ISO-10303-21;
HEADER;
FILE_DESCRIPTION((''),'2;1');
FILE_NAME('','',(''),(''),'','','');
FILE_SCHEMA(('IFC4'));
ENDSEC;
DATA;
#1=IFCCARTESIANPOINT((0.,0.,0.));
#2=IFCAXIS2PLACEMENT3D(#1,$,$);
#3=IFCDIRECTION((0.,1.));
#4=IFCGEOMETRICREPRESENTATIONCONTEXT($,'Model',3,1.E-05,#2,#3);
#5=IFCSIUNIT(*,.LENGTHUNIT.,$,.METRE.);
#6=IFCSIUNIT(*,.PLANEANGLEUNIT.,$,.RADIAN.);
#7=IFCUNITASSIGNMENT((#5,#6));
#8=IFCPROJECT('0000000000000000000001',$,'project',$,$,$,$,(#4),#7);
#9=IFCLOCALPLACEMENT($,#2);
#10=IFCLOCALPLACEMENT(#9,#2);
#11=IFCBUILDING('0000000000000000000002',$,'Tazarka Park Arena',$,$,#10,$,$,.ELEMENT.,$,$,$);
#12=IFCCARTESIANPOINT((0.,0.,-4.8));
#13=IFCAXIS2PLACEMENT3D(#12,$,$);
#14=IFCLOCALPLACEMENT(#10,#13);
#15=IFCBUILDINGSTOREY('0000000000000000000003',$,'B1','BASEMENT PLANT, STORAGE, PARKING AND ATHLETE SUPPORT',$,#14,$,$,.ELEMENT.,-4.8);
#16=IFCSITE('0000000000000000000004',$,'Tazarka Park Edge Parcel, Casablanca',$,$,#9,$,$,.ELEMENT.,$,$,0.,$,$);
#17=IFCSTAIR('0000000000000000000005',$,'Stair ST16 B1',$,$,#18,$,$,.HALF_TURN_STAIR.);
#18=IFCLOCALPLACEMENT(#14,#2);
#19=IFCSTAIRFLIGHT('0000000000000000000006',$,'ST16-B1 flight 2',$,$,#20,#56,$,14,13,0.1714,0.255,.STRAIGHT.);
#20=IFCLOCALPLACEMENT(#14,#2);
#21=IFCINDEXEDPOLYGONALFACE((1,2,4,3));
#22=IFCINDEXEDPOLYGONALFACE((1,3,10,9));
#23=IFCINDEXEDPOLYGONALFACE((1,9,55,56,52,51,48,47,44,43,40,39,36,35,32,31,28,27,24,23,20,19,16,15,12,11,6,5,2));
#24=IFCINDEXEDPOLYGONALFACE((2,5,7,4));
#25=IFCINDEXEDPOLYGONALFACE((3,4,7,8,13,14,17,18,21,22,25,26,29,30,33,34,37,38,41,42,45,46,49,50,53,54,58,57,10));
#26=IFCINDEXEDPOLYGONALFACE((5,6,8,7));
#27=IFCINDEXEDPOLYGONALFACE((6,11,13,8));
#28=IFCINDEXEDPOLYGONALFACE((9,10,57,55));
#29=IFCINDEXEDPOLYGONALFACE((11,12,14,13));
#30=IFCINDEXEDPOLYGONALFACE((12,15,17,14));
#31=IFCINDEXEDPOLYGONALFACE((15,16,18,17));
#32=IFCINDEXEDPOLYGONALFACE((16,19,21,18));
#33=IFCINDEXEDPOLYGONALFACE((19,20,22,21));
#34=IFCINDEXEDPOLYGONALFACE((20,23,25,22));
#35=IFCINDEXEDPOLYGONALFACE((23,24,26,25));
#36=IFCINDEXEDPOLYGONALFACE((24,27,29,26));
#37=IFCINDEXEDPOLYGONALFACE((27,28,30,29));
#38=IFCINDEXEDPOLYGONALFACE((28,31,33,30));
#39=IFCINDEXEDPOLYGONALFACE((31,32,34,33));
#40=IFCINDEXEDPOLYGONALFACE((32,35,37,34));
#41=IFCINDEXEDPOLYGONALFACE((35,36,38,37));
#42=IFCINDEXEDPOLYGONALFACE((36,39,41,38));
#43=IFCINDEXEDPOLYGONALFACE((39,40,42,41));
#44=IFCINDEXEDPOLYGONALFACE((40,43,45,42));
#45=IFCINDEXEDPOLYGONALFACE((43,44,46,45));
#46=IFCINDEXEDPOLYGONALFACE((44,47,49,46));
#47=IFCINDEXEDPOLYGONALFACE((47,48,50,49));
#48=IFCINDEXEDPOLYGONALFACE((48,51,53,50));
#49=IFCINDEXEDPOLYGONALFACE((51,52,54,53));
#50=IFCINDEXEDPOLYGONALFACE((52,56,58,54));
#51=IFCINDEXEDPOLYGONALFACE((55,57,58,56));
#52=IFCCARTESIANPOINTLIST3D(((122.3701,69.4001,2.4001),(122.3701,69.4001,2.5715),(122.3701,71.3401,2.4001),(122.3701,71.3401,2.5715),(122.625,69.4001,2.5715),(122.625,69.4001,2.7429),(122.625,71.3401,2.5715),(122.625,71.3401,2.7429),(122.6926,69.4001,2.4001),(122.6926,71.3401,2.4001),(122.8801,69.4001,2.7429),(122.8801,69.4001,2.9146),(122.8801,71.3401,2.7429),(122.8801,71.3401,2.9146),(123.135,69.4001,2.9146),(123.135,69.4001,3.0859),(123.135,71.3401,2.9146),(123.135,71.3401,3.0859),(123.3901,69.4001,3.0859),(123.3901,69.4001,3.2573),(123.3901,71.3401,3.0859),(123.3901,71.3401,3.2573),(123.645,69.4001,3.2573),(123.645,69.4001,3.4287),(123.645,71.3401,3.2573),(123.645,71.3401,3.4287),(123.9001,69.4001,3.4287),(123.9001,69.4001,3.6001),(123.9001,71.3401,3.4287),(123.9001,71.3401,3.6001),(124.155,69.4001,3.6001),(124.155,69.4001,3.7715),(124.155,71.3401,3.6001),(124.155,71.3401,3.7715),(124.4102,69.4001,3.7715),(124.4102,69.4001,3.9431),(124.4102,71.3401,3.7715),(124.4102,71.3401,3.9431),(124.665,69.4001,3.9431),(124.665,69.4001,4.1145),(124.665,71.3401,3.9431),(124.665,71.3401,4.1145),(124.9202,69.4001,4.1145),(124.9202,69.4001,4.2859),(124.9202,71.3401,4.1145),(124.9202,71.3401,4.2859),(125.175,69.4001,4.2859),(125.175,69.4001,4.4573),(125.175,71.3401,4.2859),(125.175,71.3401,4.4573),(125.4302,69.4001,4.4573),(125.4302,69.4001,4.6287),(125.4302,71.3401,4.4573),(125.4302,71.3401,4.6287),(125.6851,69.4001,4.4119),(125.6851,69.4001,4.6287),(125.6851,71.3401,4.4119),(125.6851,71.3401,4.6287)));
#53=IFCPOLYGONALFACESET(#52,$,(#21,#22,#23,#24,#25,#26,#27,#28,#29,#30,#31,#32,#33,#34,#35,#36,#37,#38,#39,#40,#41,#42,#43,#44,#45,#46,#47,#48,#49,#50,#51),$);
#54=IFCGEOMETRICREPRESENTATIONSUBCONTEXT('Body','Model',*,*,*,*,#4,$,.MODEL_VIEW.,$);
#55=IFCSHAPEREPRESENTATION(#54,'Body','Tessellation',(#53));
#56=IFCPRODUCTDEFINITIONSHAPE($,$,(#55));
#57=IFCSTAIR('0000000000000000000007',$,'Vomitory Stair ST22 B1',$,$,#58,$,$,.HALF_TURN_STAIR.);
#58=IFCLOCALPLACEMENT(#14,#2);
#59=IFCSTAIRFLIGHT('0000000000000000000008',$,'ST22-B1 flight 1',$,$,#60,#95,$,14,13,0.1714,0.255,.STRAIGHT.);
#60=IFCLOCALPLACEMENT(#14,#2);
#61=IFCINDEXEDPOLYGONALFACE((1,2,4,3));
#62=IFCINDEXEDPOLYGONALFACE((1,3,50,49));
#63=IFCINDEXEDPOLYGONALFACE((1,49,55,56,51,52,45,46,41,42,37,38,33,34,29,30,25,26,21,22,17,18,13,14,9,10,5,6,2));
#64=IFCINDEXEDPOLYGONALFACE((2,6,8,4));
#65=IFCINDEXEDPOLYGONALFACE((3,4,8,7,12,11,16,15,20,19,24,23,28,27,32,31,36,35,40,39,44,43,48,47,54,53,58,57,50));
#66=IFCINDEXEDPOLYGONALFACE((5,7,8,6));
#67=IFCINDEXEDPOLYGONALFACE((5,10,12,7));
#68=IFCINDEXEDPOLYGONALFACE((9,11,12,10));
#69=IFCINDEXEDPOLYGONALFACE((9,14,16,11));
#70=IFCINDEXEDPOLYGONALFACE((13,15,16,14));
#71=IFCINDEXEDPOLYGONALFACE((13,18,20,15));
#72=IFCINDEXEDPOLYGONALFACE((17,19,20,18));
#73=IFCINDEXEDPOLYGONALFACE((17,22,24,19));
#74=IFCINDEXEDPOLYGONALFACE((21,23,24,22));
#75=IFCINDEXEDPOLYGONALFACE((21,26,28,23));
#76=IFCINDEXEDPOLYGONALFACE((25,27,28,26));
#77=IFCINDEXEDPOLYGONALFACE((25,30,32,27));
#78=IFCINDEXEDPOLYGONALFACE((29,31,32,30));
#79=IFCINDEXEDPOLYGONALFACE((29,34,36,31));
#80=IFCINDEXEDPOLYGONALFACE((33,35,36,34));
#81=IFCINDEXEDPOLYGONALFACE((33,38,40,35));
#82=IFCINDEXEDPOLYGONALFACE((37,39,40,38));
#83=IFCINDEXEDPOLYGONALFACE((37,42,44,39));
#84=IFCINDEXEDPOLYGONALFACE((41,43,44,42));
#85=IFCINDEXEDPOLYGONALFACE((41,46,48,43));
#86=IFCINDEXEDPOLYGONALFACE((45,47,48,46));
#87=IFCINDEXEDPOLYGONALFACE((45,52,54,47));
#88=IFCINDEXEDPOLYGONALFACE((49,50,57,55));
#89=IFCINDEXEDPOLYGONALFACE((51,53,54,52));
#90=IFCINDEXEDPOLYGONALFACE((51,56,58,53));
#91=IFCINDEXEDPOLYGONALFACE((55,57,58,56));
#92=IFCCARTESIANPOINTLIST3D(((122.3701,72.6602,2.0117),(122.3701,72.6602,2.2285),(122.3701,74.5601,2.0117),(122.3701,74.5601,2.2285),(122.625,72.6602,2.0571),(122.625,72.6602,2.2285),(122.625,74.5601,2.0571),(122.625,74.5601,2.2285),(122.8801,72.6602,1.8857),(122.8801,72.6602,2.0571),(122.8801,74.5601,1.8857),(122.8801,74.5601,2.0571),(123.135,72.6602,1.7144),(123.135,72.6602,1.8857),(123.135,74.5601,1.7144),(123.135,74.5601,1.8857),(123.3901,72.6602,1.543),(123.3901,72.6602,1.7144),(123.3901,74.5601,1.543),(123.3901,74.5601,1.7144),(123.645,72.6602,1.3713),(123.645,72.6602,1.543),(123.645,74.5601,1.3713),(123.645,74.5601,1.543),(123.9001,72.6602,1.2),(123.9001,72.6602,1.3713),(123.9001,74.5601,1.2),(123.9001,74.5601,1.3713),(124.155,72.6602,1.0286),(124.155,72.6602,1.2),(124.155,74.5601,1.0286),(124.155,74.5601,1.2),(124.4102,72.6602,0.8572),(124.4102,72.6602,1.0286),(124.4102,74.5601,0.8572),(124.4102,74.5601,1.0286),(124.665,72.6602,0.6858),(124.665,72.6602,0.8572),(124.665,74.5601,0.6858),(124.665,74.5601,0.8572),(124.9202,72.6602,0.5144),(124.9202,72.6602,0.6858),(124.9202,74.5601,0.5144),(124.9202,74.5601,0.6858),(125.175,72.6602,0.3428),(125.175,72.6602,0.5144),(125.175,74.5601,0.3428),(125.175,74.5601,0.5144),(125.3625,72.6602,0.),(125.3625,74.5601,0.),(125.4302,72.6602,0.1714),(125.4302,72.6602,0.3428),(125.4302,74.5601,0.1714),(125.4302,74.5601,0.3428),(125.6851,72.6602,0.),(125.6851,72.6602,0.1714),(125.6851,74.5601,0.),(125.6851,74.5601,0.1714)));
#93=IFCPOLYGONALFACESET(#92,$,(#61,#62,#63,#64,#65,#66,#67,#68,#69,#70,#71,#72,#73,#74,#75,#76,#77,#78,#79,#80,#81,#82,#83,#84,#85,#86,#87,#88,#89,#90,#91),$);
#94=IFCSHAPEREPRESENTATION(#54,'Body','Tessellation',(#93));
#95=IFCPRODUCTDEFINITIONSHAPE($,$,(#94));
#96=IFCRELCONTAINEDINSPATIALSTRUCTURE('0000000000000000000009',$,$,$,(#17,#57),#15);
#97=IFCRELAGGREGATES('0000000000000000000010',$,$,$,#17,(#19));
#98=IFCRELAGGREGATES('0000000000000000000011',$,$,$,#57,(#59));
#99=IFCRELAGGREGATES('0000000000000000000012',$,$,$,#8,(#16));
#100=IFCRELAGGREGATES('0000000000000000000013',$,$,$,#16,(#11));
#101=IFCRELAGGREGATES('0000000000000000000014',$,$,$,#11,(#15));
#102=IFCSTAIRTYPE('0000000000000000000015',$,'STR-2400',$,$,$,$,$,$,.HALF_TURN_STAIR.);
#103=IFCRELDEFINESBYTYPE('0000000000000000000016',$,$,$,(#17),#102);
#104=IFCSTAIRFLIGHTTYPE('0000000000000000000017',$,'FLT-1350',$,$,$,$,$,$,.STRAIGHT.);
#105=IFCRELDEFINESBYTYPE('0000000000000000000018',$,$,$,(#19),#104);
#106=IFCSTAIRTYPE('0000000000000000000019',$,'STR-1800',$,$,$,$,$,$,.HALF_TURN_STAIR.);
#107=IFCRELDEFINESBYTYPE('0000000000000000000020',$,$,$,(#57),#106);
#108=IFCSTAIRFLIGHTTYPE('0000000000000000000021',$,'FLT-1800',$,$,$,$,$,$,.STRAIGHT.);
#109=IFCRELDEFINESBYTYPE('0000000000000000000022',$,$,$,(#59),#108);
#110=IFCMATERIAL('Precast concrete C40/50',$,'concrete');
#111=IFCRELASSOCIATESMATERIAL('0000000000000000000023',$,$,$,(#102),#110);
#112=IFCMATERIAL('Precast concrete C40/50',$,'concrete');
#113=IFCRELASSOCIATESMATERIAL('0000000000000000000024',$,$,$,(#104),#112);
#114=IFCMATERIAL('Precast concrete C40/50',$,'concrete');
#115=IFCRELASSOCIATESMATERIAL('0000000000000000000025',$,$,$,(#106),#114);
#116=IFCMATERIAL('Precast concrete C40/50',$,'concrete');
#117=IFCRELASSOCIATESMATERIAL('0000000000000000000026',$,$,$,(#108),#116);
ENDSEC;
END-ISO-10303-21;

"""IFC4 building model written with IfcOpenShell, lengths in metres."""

from ifc_helpers import new_model, si_unit, direction, frame, origin, place, context, subcontext, project, spatial, polyline, outline, extrude, material, type_object, element, aggregate, save


model = new_model("IFC4")

# Units and contexts
model_context = context("Model", 3, precision=1e-05, world=origin(), true_north=direction((0.0, 1.0)))
body_context = subcontext(model_context, "Body", "Model", "MODEL_VIEW")
ifc_project = project(units=[si_unit("LENGTHUNIT", "METRE"), si_unit("PLANEANGLEUNIT", "RADIAN")], contexts=[model_context])

# Site, building, storey
site_placement = place(None, origin())
site = spatial("IfcSite", under=ifc_project, at=site_placement, Name="Tazarka Park Edge Parcel, Casablanca", CompositionType="ELEMENT", RefElevation=0.0)
building_placement = place(site_placement, origin())
building = spatial("IfcBuilding", under=site, at=building_placement, Name="Tazarka Park Arena", CompositionType="ELEMENT")
storey_placement = place(building_placement, frame((0.0, 0.0, -4.8)))
storey = spatial("IfcBuildingStorey", under=building, at=storey_placement, Name="B1", Description="BASEMENT PLANT, STORAGE, PARKING AND ATHLETE SUPPORT", CompositionType="ELEMENT", Elevation=-4.8)

# Stair, stair flight
ifc_material_1 = material(Name="Precast concrete C40/50", Category="concrete")
stair_type_1 = type_object("IfcStairType", Name="STR-2400", PredefinedType="HALF_TURN_STAIR", material=ifc_material_1)
stair_1_placement = place(storey_placement, origin())
stair_1 = element("IfcStair", 1, at=stair_1_placement, inside=storey, type_object=stair_type_1, Name="Stair ST16 B1", PredefinedType="HALF_TURN_STAIR")
ifc_material_2 = material(Name="Precast concrete C40/50", Category="concrete")
stair_flight_type_1 = type_object("IfcStairFlightType", Name="FLT-1350", PredefinedType="STRAIGHT", material=ifc_material_2)
stair_flight_1_placement = place(storey_placement, frame((122.3701, 70.3701, 2.4001), z_axis=(0.0, 0.0, 1.0), x_axis=(1.0, 0.0, 0.0)))
stair_flight_1 = element("IfcStairFlight", 2, at=stair_flight_1_placement, type_object=stair_flight_type_1, Name="ST16-B1 flight 2", NumberOfRisers=14, NumberOfTreads=13, PredefinedType="STRAIGHT", RiserHeight=0.1714, TreadLength=0.255, context=body_context, shape_type="SweptSolid", body=[
    extrude(outline(polyline([(0.0, 0.0), (0.0, 0.1714), (0.2549, 0.1714), (0.2549, 0.3428), (0.51, 0.3428), (0.51, 0.5144), (0.7649, 0.5144), (0.7649, 0.6858), (1.02, 0.6858), (1.02, 0.8572), (1.2749, 0.8572), (1.2749, 1.0286), (1.53, 1.0286), (1.53, 1.2), (1.7849, 1.2), (1.7849, 1.3713), (2.04, 1.3713), (2.04, 1.543), (2.2949, 1.543), (2.2949, 1.7144), (2.55, 1.7144), (2.55, 1.8857), (2.8049, 1.8857), (2.8049, 2.0571), (3.0601, 2.0571), (3.0601, 2.2285), (3.3149, 2.2285), (3.3149, 2.3999), (3.3149, 2.0117), (0.3225, 0.0), (0.0, 0.0)])), frame((0.0, 0.97, 0.0), z_axis=(0.0, -1.0, 0.0), x_axis=(1.0, 0.0, 0.0)), (0.0, 0.0, 1.0), 1.9399),
])
aggregate(stair_1, [stair_flight_1])

# Stair, stair flight
ifc_material_3 = material(Name="Precast concrete C40/50", Category="concrete")
stair_type_2 = type_object("IfcStairType", Name="STR-1800", PredefinedType="HALF_TURN_STAIR", material=ifc_material_3)
stair_2_placement = place(storey_placement, origin())
stair_2 = element("IfcStair", 3, at=stair_2_placement, inside=storey, type_object=stair_type_2, Name="Vomitory Stair ST22 B1", PredefinedType="HALF_TURN_STAIR")
ifc_material_4 = material(Name="Precast concrete C40/50", Category="concrete")
stair_flight_type_2 = type_object("IfcStairFlightType", Name="FLT-1800", PredefinedType="STRAIGHT", material=ifc_material_4)
stair_flight_2_placement = place(storey_placement, frame((125.6851, 73.6101, 0.0), z_axis=(0.0, 0.0, 1.0), x_axis=(-1.0, 0.0, 0.0)))
stair_flight_2 = element("IfcStairFlight", 4, at=stair_flight_2_placement, type_object=stair_flight_type_2, Name="ST22-B1 flight 1", NumberOfRisers=14, NumberOfTreads=13, PredefinedType="STRAIGHT", RiserHeight=0.1714, TreadLength=0.255, context=body_context, shape_type="SweptSolid", body=[
    extrude(outline(polyline([(0.0, 0.0), (0.0, 0.1714), (0.2549, 0.1714), (0.2549, 0.3428), (0.51, 0.3428), (0.51, 0.5144), (0.7649, 0.5144), (0.7649, 0.6858), (1.02, 0.6858), (1.02, 0.8572), (1.2749, 0.8572), (1.2749, 1.0286), (1.53, 1.0286), (1.53, 1.2), (1.7849, 1.2), (1.7849, 1.3713), (2.04, 1.3713), (2.04, 1.543), (2.2949, 1.543), (2.2949, 1.7144), (2.55, 1.7144), (2.55, 1.8857), (2.8049, 1.8857), (2.8049, 2.0571), (3.0601, 2.0571), (3.0601, 2.2285), (3.3149, 2.2285), (3.3149, 2.3999), (3.3149, 2.0117), (0.3225, 0.0), (0.0, 0.0)])), frame((0.0, 0.95, 0.0), z_axis=(0.0, -1.0, 0.0), x_axis=(1.0, 0.0, 0.0)), (0.0, 0.0, 1.0), 1.8999),
])
aggregate(stair_2, [stair_flight_2])

save(model, "model.ifc")
